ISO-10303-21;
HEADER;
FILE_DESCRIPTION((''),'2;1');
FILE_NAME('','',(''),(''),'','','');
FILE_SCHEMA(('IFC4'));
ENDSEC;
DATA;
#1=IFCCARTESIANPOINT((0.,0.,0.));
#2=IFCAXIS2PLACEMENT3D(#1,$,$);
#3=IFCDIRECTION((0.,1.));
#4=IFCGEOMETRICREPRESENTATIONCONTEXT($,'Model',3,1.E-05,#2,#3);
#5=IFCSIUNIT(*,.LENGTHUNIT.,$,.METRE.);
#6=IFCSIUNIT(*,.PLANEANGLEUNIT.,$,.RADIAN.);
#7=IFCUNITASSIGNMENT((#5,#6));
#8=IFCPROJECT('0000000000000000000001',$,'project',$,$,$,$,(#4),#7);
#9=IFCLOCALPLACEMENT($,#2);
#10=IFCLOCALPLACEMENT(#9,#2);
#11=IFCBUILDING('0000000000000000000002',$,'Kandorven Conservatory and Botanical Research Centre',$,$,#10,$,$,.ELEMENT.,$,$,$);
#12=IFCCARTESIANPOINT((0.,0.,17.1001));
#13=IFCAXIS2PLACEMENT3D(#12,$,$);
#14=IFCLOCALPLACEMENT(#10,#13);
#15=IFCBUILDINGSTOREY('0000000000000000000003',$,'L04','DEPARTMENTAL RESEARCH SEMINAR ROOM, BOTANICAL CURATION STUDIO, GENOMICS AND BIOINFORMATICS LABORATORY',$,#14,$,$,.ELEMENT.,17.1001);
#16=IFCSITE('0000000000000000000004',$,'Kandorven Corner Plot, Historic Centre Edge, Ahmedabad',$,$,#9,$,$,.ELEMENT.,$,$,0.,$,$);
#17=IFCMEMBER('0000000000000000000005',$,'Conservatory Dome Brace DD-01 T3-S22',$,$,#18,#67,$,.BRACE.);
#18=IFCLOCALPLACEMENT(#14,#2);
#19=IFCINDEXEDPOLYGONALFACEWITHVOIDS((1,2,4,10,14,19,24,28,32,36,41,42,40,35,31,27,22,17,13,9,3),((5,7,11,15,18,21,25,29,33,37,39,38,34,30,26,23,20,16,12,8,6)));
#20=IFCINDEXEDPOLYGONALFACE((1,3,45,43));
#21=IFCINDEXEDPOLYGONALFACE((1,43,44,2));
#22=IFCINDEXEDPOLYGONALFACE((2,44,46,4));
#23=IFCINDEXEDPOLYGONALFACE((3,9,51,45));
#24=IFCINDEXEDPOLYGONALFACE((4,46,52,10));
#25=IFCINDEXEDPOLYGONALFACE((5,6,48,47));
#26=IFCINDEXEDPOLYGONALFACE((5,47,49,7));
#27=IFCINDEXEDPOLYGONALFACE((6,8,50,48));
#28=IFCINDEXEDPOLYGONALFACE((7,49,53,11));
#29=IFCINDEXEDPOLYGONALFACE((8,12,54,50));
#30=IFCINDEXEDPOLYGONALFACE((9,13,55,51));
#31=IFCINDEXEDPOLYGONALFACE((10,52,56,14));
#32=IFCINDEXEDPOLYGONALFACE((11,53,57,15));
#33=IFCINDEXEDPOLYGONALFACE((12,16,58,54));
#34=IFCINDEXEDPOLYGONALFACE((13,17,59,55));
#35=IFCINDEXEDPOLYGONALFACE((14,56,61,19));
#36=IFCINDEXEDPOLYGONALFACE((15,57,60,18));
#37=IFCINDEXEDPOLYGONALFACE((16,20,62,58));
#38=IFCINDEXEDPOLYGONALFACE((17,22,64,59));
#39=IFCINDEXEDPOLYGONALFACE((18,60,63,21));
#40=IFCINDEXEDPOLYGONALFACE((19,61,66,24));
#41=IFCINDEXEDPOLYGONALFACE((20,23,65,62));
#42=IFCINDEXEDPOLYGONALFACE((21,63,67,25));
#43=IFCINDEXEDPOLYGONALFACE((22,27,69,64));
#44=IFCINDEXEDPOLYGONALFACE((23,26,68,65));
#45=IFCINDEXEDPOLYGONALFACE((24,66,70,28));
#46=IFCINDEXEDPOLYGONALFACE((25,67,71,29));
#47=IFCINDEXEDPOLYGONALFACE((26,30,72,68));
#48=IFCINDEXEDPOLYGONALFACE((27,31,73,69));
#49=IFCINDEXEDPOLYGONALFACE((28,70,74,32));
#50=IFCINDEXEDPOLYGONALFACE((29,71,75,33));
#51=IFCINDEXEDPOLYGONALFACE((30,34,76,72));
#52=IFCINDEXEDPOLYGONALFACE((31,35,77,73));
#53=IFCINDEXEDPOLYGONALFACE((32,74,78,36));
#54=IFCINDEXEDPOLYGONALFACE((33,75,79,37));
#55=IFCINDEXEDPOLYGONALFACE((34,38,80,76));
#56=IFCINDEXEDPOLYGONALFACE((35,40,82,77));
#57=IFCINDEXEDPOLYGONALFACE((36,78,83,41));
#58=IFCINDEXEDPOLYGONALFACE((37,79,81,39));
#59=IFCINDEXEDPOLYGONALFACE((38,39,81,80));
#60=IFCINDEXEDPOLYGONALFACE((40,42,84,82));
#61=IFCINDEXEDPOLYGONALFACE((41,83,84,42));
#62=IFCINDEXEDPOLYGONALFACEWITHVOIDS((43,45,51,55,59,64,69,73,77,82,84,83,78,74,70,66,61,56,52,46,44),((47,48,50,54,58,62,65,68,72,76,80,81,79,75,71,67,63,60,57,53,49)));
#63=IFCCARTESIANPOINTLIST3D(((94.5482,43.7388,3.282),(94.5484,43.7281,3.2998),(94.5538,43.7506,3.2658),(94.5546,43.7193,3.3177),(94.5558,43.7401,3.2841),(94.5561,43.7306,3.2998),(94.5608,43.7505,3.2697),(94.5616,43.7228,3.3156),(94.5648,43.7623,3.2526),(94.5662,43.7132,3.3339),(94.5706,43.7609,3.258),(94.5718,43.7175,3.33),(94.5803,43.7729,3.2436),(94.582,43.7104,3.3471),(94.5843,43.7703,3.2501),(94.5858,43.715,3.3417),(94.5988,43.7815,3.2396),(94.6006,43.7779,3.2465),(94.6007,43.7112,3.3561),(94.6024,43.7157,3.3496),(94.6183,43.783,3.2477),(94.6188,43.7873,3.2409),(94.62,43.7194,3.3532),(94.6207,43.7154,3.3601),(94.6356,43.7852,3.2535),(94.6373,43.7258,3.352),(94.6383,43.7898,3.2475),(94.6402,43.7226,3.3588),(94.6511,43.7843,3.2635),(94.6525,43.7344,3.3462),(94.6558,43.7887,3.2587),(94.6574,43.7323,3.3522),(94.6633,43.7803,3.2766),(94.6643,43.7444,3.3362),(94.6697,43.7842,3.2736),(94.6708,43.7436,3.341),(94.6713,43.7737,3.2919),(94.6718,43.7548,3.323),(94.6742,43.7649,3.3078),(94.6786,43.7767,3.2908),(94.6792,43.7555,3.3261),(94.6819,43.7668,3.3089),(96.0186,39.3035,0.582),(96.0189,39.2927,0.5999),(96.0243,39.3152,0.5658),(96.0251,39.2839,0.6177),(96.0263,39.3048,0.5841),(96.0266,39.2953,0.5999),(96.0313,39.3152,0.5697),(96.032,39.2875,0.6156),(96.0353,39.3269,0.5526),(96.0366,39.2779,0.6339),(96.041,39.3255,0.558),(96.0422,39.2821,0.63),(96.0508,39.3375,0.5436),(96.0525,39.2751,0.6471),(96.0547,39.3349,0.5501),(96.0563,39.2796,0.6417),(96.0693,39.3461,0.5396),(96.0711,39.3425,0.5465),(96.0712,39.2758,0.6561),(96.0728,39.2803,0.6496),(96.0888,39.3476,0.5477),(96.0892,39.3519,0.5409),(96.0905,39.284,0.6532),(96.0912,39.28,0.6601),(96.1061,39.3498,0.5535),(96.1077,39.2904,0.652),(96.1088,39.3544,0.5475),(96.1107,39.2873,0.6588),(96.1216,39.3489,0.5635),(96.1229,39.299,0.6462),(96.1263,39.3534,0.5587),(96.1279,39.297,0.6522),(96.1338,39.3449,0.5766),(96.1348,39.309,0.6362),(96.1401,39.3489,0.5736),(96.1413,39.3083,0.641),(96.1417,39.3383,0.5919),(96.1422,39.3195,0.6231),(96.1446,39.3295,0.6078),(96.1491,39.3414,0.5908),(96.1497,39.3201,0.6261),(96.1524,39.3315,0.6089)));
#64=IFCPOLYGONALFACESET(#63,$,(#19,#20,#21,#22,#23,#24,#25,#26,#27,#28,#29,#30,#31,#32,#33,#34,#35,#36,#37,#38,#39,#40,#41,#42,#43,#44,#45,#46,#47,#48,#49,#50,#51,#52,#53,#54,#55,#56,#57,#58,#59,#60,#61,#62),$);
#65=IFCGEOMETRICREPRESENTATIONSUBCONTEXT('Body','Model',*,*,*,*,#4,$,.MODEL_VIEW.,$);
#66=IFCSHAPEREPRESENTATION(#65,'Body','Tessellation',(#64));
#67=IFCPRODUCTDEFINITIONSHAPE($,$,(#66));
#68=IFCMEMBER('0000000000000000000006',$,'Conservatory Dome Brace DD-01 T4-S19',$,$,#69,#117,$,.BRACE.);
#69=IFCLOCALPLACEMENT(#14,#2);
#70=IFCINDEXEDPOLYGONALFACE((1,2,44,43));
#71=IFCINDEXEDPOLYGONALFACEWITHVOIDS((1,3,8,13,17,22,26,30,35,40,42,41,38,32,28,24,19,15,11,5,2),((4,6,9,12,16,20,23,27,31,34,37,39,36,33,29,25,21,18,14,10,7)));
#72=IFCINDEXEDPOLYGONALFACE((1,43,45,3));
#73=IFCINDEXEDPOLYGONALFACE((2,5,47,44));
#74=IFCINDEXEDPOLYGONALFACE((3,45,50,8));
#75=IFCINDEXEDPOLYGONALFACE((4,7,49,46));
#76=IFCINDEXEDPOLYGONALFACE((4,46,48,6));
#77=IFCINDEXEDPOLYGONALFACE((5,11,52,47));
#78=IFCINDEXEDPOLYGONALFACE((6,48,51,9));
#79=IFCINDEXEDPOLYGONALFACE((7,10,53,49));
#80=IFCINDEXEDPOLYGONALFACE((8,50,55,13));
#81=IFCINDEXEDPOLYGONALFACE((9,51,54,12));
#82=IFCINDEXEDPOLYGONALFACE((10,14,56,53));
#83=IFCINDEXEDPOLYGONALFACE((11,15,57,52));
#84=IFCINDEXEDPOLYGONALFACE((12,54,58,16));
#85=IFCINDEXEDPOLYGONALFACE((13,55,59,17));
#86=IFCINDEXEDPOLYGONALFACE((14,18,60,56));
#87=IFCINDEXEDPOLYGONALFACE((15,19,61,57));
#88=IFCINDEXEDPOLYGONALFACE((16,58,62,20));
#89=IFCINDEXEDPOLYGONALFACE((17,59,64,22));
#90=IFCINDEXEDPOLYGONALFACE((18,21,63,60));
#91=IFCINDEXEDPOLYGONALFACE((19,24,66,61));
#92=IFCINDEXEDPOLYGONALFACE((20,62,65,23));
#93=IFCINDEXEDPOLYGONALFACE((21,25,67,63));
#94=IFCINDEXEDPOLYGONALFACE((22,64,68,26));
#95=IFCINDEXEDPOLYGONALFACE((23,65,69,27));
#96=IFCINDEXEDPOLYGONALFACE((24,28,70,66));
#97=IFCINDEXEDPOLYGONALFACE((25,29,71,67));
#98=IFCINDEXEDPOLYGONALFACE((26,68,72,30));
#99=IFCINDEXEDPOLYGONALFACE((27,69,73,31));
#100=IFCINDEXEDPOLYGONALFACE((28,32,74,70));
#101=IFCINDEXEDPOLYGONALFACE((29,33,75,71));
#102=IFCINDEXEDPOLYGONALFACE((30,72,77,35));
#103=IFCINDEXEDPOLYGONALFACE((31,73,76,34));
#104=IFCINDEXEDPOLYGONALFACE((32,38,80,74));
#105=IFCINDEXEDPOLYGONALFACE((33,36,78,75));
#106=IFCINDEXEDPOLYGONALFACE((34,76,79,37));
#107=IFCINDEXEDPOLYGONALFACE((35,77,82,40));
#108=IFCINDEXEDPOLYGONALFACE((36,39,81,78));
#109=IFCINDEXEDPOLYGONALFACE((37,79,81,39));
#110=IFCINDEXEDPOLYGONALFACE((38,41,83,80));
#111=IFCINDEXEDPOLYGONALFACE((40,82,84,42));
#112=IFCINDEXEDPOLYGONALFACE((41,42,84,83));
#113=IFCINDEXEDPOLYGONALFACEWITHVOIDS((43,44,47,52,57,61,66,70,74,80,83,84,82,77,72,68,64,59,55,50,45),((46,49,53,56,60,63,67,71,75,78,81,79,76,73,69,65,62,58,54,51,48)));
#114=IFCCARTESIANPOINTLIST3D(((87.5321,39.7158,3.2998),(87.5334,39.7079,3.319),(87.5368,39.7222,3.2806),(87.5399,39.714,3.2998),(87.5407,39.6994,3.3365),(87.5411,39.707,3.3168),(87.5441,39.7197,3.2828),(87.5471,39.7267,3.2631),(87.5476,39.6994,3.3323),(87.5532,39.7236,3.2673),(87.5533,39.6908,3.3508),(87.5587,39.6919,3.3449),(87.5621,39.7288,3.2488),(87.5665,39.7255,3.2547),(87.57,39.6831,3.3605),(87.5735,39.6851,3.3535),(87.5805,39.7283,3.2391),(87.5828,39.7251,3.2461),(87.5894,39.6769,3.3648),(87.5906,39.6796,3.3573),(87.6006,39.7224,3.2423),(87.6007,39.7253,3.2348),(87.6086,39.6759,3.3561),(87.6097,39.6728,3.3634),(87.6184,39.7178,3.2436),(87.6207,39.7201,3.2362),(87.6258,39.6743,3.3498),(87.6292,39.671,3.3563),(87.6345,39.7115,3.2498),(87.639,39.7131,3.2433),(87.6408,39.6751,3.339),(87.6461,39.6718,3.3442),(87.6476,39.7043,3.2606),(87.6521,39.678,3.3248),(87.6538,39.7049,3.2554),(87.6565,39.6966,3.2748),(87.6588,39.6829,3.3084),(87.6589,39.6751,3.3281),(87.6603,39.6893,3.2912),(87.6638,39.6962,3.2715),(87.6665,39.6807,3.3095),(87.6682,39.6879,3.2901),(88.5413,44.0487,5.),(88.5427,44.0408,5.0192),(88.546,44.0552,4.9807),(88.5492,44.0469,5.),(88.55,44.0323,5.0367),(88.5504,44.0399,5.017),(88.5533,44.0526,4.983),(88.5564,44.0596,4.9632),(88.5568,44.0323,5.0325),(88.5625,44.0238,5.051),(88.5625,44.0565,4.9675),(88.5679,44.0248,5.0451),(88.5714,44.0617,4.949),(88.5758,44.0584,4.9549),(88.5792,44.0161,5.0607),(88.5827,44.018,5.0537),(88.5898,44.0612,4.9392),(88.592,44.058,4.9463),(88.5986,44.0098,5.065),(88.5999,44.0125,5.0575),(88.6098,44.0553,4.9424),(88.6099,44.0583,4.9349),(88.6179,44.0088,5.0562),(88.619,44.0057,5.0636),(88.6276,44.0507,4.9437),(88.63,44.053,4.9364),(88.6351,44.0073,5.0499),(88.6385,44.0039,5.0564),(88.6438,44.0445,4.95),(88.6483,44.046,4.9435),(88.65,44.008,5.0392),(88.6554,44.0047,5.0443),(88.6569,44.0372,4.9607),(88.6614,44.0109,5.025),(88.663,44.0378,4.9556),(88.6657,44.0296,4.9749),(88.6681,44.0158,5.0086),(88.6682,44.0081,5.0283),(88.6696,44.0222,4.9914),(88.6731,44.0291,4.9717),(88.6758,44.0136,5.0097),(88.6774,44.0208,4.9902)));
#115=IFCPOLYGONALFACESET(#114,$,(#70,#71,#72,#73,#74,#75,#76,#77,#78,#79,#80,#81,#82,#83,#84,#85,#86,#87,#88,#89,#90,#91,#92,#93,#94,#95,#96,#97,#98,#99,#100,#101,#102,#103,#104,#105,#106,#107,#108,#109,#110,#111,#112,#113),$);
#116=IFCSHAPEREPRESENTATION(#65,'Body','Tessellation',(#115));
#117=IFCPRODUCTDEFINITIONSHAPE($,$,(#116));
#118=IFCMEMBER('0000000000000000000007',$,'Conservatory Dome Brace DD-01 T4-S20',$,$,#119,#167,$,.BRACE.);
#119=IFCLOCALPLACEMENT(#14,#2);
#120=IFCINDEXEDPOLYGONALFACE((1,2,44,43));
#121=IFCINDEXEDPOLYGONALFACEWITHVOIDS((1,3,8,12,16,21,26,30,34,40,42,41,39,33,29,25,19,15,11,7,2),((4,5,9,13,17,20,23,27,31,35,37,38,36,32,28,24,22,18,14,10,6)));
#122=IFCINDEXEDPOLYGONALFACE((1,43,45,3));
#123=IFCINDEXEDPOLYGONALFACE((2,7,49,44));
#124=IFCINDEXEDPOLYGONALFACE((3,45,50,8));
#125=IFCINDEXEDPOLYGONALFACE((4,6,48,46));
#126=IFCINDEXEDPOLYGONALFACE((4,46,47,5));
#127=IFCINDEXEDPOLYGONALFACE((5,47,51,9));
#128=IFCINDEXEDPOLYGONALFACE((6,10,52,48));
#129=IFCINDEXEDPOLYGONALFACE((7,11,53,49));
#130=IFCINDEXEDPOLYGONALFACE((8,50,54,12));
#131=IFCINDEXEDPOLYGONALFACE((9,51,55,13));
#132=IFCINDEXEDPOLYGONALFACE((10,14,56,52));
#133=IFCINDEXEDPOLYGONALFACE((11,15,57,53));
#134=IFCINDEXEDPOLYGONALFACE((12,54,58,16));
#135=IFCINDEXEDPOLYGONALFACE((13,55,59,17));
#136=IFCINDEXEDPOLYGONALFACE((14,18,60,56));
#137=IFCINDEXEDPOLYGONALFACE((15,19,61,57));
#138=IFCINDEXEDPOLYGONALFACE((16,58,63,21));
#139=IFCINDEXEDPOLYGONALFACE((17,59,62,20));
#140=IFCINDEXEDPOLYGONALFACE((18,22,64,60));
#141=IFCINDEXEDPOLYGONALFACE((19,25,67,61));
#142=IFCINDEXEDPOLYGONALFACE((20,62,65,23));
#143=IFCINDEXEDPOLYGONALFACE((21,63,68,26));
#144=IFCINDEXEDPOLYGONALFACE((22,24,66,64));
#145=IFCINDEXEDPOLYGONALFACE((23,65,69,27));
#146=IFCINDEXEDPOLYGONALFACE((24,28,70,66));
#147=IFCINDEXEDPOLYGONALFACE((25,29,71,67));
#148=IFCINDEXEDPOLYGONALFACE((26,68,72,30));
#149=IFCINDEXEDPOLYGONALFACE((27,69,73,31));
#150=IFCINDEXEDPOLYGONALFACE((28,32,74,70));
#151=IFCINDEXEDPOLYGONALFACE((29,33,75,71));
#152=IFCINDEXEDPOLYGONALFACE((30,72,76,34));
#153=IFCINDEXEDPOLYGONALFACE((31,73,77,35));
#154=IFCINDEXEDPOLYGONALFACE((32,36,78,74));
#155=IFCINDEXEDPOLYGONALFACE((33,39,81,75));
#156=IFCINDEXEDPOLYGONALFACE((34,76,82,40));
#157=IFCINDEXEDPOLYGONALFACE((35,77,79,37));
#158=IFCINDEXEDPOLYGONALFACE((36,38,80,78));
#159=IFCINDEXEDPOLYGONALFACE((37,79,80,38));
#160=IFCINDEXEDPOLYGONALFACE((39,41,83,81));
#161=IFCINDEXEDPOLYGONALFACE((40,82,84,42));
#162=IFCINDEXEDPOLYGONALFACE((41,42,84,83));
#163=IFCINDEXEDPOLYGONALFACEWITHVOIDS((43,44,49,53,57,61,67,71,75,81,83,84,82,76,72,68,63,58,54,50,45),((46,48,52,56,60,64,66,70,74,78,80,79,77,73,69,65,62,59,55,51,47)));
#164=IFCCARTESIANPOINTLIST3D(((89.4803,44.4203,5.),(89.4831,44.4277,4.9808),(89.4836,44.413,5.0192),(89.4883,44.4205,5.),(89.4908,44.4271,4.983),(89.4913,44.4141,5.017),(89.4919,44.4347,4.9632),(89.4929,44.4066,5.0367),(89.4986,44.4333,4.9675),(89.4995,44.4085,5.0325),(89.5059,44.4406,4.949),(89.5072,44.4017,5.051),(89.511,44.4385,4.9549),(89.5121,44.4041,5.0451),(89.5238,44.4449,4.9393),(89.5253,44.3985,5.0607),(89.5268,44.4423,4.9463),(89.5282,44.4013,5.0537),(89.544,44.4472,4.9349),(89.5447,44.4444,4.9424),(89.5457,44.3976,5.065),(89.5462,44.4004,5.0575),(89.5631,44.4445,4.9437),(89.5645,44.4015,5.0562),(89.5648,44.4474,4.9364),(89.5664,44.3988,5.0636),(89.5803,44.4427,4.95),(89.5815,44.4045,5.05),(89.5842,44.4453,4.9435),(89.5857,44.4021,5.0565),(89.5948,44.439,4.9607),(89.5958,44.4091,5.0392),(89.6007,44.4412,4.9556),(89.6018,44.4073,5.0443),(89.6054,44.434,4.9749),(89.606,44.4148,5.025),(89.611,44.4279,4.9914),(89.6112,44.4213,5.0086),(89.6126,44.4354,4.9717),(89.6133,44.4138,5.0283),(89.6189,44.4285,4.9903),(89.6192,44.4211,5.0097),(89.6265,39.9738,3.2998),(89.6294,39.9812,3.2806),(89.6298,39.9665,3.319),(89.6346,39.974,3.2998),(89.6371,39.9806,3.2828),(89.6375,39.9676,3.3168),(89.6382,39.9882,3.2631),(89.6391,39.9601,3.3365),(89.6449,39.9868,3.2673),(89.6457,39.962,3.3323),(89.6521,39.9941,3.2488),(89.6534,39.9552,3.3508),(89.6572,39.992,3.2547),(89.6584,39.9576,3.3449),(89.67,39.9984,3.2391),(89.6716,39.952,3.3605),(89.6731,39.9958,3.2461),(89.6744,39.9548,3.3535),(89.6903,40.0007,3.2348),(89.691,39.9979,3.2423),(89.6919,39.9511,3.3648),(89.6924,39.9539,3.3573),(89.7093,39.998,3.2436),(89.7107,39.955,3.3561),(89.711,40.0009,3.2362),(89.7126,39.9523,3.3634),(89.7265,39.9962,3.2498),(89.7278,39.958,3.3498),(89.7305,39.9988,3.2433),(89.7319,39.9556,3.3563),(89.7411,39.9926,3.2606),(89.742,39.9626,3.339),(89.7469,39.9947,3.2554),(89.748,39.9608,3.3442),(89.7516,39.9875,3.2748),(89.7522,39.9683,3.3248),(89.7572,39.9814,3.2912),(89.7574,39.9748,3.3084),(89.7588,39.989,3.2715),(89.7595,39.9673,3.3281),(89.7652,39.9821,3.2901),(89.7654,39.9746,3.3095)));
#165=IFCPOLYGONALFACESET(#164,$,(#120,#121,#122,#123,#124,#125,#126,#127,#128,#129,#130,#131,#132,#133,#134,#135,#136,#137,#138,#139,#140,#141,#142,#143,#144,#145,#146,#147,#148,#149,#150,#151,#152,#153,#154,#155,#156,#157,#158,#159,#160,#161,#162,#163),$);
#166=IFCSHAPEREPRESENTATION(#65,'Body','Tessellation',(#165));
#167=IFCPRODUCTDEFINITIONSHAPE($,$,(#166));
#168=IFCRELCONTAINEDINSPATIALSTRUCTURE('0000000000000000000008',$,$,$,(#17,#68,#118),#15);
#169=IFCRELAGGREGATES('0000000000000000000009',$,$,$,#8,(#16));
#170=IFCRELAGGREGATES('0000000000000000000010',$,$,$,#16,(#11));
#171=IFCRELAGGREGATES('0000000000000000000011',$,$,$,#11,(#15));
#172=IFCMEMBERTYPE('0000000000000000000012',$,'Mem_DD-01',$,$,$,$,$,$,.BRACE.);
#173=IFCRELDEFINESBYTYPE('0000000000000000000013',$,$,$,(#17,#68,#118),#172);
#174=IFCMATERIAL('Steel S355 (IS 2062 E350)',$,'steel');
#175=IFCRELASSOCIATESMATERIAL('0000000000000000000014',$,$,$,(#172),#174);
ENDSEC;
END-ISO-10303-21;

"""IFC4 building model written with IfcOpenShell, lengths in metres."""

from ifc_helpers import new_model, si_unit, direction, frame, origin, origin_2d, place, context, subcontext, project, spatial, hollow_circle, extrude, material, material_profile, profile_set, type_object, element, save


model = new_model("IFC4")

# Units and contexts
model_context = context("Model", 3, precision=1e-05, world=origin(), true_north=direction((0.0, 1.0)))
body_context = subcontext(model_context, "Body", "Model", "MODEL_VIEW")
ifc_project = project(units=[si_unit("LENGTHUNIT", "METRE"), si_unit("PLANEANGLEUNIT", "RADIAN")], contexts=[model_context])

# Site, building, storey
site_placement = place(None, origin())
site = spatial("IfcSite", under=ifc_project, at=site_placement, Name="Kandorven Corner Plot, Historic Centre Edge, Ahmedabad", CompositionType="ELEMENT", RefElevation=0.0)
building_placement = place(site_placement, origin())
building = spatial("IfcBuilding", under=site, at=building_placement, Name="Kandorven Conservatory and Botanical Research Centre", CompositionType="ELEMENT")
storey_placement = place(building_placement, frame((0.0, 0.0, 17.1001)))
storey = spatial("IfcBuildingStorey", under=building, at=storey_placement, Name="L04", Description="DEPARTMENTAL RESEARCH SEMINAR ROOM, BOTANICAL CURATION STUDIO, GENOMICS AND BIOINFORMATICS LABORATORY", CompositionType="ELEMENT", Elevation=17.1001)

# Members
ifc_material_1 = material(Name="Steel S355 (IS 2062 E350)", Category="steel")
ifc_material_profile_1 = material_profile(ifc_material_1, hollow_circle(Radius=0.0698, WallThickness=0.0081, at=origin_2d()))
ifc_profile_set_1 = profile_set([ifc_material_profile_1], Name="Steel S355 (IS 2062 E350)")
member_type_1 = type_object("IfcMemberType", Name="Mem_DD-01", PredefinedType="BRACE", material=ifc_profile_set_1)
for number, where, z_axis, x_axis, name in (
    (1, (96.0852, 39.3147, 0.5999), (-0.272476, 0.821861, 0.500301), (-0.949194, -0.314691, 0.0), "Conservatory Dome Brace DD-01 T3-S22"),
):
    element("IfcMember", number, at=place(storey_placement, frame(where, z_axis=z_axis, x_axis=x_axis)), inside=storey, type_object=member_type_1, Name=name, PredefinedType="BRACE", context=body_context, shape_type="SweptSolid", body=[
        extrude(hollow_circle(Radius=0.0698, WallThickness=0.0081, at=origin_2d()), origin(), (0.0, 0.0, 1.0), 5.3967),
    ])
for number, where, z_axis, x_axis, name in (
    (2, (87.6001, 39.7, 3.2998), (0.211908, 0.909761, 0.356974), (-0.973929, 0.226855, 0.0), "Conservatory Dome Brace DD-01 T4-S19"),
    (3, (89.6963, 39.9761, 3.2998), (-0.030705, 0.933608, 0.356978), (-0.99946, -0.032871, 0.0), "Conservatory Dome Brace DD-01 T4-S20"),
):
    element("IfcMember", number, at=place(storey_placement, frame(where, z_axis=z_axis, x_axis=x_axis)), inside=storey, type_object=member_type_1, Name=name, PredefinedType="BRACE", context=body_context, shape_type="SweptSolid", body=[
        extrude(hollow_circle(Radius=0.0698, WallThickness=0.0081, at=origin_2d()), origin(), (0.0, 0.0, 1.0), 4.7627),
    ])

save(model, "model.ifc")
